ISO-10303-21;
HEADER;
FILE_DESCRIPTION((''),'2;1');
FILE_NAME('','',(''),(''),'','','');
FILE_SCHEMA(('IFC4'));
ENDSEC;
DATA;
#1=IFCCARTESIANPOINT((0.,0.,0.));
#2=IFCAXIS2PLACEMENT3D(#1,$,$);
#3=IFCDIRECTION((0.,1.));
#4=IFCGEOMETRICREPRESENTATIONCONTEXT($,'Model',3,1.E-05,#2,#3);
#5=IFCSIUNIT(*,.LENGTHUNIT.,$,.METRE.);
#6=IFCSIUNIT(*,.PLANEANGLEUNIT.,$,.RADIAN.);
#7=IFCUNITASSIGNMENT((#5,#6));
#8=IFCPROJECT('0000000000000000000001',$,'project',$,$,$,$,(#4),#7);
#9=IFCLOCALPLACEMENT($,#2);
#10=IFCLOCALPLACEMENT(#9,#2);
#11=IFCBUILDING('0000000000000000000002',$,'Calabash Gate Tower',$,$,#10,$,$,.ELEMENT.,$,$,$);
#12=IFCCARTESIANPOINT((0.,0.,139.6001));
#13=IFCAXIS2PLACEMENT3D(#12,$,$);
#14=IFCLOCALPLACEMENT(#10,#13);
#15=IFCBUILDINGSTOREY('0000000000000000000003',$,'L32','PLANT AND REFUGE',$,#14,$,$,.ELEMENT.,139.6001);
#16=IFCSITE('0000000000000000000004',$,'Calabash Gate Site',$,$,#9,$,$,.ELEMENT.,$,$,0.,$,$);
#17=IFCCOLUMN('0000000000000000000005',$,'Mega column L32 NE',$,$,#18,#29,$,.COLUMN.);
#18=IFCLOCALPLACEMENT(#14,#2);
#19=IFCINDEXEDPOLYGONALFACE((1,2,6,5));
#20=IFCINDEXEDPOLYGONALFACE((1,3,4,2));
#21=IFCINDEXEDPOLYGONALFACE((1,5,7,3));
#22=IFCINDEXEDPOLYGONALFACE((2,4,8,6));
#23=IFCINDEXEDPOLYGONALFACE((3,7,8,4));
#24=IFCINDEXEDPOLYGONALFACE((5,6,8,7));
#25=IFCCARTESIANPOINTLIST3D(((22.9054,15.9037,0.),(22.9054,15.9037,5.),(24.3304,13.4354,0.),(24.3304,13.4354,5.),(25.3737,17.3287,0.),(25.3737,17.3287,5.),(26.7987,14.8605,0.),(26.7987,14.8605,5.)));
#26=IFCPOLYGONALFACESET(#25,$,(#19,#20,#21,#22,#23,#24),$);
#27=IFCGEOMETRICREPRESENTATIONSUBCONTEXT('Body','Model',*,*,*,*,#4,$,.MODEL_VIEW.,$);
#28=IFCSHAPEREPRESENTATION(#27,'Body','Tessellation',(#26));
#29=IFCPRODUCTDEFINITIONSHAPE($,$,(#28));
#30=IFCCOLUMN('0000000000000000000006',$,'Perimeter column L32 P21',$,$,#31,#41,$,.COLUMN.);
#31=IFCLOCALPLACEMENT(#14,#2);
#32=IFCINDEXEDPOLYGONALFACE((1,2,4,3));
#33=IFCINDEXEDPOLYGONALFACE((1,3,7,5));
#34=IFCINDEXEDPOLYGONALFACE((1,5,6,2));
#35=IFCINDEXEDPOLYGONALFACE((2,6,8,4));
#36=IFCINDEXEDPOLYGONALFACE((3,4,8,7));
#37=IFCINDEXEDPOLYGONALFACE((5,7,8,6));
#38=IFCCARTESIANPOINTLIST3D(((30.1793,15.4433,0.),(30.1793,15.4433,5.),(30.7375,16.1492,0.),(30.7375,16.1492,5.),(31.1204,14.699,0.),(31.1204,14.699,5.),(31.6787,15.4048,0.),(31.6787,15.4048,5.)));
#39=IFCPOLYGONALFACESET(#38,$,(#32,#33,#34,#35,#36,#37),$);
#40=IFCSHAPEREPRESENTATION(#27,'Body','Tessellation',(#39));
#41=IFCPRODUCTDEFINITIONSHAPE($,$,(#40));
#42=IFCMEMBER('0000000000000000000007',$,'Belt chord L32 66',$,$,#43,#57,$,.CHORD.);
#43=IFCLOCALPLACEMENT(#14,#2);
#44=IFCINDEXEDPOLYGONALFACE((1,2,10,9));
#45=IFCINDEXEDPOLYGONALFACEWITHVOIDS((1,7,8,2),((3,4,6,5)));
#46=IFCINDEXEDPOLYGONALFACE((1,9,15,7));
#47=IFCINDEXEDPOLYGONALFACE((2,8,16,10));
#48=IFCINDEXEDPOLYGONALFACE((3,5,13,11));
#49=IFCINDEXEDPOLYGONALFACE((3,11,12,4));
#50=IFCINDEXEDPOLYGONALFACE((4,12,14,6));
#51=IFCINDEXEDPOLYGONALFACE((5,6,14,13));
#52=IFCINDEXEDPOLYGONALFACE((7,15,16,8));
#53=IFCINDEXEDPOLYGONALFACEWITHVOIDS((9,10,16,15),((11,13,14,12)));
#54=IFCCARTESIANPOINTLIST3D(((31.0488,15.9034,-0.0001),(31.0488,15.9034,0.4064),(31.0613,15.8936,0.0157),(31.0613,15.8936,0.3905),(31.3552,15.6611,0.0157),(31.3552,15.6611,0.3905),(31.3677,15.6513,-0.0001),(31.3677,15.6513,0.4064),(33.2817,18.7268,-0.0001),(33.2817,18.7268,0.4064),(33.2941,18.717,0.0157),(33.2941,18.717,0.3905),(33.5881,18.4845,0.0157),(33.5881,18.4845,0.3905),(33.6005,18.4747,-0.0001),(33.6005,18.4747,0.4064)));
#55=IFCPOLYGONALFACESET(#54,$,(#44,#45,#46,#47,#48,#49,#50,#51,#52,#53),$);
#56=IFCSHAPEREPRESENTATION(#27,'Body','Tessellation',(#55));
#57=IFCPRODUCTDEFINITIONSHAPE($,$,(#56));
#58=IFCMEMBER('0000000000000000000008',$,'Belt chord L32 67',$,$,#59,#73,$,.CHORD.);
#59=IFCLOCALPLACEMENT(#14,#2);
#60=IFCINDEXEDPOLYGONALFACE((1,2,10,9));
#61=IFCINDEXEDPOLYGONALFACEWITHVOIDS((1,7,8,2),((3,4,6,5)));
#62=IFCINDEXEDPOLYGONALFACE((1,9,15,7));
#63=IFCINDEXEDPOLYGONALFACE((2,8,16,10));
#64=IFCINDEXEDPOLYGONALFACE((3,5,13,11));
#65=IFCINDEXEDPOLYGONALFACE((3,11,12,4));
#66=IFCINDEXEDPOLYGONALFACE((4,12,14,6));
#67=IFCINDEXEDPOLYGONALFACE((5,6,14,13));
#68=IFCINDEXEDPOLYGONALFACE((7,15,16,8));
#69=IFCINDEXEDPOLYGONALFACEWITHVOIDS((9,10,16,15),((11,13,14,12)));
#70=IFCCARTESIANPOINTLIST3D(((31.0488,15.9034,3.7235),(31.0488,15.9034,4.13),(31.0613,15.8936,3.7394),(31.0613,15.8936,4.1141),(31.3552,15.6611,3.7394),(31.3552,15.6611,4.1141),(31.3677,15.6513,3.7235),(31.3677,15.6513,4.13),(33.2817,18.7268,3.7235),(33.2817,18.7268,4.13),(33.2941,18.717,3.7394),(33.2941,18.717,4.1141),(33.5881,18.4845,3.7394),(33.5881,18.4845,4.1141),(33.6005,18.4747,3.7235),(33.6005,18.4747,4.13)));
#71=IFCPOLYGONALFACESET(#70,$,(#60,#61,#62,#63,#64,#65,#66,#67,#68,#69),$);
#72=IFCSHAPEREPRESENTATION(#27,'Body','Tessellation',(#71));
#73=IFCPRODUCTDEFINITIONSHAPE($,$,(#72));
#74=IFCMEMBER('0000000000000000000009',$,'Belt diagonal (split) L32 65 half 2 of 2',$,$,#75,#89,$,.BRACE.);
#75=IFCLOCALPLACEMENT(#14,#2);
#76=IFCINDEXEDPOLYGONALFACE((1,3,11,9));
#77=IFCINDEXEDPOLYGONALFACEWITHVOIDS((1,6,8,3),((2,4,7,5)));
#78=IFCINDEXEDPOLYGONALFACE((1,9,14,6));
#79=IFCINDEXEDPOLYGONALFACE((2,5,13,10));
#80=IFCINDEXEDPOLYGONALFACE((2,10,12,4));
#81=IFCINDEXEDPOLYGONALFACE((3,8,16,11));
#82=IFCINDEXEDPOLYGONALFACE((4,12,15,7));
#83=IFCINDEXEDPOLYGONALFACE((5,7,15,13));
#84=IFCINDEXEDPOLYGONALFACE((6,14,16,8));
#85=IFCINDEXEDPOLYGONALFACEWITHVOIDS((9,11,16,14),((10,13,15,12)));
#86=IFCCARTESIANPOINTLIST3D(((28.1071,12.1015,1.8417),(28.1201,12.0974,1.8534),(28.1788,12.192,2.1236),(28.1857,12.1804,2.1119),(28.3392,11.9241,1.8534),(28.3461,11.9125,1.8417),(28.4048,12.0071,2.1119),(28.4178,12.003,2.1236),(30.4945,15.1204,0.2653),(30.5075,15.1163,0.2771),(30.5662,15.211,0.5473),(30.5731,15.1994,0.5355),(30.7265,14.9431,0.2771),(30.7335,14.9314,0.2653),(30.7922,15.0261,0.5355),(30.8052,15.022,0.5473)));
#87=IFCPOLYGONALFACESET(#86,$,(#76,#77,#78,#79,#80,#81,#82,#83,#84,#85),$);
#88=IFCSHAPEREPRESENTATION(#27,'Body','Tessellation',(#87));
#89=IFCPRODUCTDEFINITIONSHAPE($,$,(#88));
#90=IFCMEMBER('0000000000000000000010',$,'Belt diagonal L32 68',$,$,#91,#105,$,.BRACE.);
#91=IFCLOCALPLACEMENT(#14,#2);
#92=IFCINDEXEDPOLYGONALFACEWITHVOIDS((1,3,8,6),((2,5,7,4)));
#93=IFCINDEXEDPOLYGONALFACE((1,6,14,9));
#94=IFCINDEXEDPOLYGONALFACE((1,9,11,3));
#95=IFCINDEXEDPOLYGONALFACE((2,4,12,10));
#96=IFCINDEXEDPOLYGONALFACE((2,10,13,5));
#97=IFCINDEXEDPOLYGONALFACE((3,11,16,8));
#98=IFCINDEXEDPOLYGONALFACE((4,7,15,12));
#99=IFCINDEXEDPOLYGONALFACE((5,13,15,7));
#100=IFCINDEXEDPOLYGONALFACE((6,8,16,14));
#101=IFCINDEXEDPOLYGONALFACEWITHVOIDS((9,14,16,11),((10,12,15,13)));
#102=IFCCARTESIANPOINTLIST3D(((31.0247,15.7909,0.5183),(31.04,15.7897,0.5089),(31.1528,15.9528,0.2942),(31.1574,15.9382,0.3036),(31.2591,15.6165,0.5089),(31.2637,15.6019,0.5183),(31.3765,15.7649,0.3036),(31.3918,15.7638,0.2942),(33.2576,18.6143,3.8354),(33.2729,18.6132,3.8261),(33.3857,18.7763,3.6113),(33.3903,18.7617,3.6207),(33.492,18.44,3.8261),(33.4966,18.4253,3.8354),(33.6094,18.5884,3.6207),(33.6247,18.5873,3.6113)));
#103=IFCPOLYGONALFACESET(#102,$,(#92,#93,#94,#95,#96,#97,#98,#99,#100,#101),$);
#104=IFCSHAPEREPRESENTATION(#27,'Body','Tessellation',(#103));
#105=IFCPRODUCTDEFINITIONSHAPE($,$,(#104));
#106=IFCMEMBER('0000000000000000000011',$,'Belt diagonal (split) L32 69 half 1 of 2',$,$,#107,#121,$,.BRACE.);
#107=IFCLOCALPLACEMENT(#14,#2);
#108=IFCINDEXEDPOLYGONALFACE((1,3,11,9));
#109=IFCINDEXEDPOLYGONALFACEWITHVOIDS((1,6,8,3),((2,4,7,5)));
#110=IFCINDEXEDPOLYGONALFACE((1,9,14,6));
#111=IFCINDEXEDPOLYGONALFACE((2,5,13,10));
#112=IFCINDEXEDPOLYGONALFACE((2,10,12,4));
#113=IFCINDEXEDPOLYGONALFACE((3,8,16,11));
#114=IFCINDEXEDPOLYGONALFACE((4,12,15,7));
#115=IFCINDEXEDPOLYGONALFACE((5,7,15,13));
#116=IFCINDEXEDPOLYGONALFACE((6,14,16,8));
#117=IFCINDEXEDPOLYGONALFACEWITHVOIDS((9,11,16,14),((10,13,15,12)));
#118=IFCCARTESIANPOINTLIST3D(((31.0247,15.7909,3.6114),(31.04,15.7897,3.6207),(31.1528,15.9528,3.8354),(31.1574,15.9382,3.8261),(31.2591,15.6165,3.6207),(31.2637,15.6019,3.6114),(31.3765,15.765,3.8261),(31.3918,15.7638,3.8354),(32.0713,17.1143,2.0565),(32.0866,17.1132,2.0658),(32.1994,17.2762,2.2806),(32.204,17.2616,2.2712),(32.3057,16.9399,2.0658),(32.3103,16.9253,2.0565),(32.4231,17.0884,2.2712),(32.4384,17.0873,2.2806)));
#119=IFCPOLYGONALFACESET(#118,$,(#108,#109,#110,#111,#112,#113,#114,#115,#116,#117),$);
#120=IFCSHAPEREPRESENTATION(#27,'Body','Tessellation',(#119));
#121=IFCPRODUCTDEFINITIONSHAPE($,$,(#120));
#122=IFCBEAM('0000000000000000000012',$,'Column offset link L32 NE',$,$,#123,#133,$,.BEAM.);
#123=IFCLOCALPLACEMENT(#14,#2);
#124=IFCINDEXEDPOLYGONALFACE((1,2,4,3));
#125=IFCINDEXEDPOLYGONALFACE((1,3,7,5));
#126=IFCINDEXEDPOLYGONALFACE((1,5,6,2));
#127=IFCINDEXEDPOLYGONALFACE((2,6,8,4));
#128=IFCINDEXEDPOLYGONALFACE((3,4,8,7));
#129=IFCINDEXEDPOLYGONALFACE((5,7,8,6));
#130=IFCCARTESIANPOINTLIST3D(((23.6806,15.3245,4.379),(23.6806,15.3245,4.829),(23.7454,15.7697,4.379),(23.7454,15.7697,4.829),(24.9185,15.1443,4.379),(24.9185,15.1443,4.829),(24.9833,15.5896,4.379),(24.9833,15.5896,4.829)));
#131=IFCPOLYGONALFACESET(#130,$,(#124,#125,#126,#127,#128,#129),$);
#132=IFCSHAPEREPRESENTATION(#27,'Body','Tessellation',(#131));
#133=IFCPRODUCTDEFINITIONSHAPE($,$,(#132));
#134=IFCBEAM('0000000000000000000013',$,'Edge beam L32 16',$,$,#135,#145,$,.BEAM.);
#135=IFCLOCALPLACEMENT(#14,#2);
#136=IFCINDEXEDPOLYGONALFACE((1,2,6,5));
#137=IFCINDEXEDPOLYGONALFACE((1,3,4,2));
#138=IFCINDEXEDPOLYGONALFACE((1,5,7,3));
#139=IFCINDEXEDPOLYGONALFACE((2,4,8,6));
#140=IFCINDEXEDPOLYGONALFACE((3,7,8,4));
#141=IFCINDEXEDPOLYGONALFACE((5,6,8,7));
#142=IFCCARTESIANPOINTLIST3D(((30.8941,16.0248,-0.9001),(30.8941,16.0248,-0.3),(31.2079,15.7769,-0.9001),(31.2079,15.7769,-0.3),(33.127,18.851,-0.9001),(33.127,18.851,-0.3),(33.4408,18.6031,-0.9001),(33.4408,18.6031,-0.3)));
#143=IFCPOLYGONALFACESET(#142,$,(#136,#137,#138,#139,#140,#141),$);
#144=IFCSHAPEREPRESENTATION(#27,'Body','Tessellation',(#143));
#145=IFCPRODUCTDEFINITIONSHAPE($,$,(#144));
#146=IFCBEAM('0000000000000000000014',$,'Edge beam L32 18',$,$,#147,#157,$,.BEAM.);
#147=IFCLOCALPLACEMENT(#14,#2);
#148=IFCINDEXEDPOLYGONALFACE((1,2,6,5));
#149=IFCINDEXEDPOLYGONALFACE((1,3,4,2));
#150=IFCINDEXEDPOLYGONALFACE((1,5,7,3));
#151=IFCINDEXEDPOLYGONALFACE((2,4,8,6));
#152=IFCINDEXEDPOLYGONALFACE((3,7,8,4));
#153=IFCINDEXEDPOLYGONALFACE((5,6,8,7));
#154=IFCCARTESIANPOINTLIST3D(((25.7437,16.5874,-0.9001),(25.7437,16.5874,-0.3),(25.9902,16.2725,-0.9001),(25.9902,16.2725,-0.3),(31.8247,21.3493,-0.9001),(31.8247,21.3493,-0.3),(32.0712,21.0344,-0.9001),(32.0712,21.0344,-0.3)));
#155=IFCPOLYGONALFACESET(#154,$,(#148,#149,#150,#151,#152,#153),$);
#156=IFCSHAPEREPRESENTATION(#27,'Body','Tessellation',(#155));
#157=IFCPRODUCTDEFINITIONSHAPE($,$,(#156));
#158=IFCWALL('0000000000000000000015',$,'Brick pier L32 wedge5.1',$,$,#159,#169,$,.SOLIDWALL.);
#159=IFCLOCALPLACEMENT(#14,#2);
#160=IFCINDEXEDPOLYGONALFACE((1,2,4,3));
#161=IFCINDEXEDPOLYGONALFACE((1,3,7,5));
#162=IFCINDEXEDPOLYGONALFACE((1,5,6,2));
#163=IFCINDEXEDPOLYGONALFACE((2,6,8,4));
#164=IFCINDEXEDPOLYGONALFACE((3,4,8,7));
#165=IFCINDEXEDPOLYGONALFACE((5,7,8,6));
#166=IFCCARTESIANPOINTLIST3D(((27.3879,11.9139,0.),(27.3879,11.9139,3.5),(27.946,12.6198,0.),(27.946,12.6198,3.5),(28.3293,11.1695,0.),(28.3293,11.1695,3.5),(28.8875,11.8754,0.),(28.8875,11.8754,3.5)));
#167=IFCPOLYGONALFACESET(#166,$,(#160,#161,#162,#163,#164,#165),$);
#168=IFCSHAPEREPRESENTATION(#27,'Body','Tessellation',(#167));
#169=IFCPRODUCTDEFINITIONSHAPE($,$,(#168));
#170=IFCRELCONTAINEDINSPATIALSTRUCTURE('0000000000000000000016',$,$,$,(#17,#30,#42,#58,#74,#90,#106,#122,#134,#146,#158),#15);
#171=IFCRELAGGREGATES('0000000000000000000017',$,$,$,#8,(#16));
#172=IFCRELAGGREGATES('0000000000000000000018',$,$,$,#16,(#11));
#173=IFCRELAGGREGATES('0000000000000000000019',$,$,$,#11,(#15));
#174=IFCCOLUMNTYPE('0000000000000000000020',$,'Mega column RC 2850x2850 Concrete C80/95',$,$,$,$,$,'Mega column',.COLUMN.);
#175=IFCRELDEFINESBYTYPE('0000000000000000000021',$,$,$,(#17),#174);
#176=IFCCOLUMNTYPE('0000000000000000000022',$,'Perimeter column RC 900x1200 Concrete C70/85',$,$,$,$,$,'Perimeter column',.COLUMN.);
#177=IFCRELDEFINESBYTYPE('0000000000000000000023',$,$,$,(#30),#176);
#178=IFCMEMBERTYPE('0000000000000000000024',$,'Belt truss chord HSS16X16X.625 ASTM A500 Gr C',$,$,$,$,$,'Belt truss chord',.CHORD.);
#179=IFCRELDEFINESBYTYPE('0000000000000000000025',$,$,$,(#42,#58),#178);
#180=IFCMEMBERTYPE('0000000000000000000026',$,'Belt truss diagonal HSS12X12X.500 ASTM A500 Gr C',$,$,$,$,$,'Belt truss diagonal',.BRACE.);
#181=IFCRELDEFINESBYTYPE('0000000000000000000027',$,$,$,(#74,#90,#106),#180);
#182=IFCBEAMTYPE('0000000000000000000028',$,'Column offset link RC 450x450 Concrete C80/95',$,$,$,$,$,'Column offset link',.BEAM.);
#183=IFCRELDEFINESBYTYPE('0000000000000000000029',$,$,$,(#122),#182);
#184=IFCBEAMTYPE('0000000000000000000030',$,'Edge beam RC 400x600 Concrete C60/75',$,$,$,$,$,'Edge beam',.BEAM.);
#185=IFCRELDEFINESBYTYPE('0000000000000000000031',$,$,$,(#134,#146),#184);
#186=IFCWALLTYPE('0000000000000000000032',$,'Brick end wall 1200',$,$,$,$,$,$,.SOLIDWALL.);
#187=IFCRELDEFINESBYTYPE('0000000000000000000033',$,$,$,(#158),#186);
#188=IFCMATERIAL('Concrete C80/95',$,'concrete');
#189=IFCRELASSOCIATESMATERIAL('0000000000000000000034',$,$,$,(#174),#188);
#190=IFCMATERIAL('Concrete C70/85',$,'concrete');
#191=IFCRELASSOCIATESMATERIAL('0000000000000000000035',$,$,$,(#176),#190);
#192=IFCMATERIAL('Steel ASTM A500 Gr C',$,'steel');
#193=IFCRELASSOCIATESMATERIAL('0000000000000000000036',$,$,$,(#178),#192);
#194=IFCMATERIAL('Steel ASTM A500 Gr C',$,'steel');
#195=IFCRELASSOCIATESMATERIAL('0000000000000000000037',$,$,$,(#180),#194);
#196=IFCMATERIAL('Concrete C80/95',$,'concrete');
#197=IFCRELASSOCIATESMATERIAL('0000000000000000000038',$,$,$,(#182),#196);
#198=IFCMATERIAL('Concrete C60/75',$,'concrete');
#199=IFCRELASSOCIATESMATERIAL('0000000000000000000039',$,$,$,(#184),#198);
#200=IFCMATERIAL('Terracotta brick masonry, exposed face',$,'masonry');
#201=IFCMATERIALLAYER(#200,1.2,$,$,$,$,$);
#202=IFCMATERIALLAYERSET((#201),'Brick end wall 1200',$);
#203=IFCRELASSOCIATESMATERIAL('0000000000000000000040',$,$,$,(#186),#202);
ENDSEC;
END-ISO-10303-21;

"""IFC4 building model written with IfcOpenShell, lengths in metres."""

from ifc_helpers import new_model, si_unit, direction, frame, frame_2d, origin, origin_2d, place, context, subcontext, project, spatial, rectangle, hollow_rectangle, extrude, material, layer, layer_set, material_profile, profile_set, type_object, element, save


model = new_model("IFC4")

# Units and contexts
model_context = context("Model", 3, precision=1e-05, world=origin(), true_north=direction((0.0, 1.0)))
body_context = subcontext(model_context, "Body", "Model", "MODEL_VIEW")
ifc_project = project(units=[si_unit("LENGTHUNIT", "METRE"), si_unit("PLANEANGLEUNIT", "RADIAN")], contexts=[model_context])

# Site, building, storey
site_placement = place(None, origin())
site = spatial("IfcSite", under=ifc_project, at=site_placement, Name="Calabash Gate Site", CompositionType="ELEMENT", RefElevation=0.0)
building_placement = place(site_placement, origin())
building = spatial("IfcBuilding", under=site, at=building_placement, Name="Calabash Gate Tower", CompositionType="ELEMENT")
storey_placement = place(building_placement, frame((0.0, 0.0, 139.6001)))
storey = spatial("IfcBuildingStorey", under=building, at=storey_placement, Name="L32", Description="PLANT AND REFUGE", CompositionType="ELEMENT", Elevation=139.6001)

# Columns
ifc_material_1 = material(Name="Concrete C80/95", Category="concrete")
ifc_material_profile_1 = material_profile(ifc_material_1, rectangle(XDim=2.8501, YDim=2.8501, at=origin_2d()))
ifc_profile_set_1 = profile_set([ifc_material_profile_1], Name="Concrete C80/95")
column_type_1 = type_object("IfcColumnType", Name="Mega column RC 2850x2850 Concrete C80/95", ElementType="Mega column", PredefinedType="COLUMN", material=ifc_profile_set_1)
column_1_placement = place(storey_placement, frame((24.8521, 15.3821, 0.0), z_axis=(0.0, 0.0, 1.0), x_axis=(-0.866025, -0.5, 0.0)))
element("IfcColumn", 1, at=column_1_placement, inside=storey, type_object=column_type_1, Name="Mega column L32 NE", PredefinedType="COLUMN", context=body_context, shape_type="SweptSolid", body=[
    extrude(rectangle(XDim=2.8501, YDim=2.8501, at=origin_2d()), origin(), (0.0, 0.0, 1.0), 5.0),
])
ifc_material_2 = material(Name="Concrete C70/85", Category="concrete")
ifc_material_profile_2 = material_profile(ifc_material_2, rectangle(XDim=0.8999, YDim=1.2, at=origin_2d()))
ifc_profile_set_2 = profile_set([ifc_material_profile_2], Name="Concrete C70/85")
column_type_2 = type_object("IfcColumnType", Name="Perimeter column RC 900x1200 Concrete C70/85", ElementType="Perimeter column", PredefinedType="COLUMN", material=ifc_profile_set_2)
column_2_placement = place(storey_placement, frame((30.929, 15.4241, 0.0), z_axis=(0.0, 0.0, 1.0), x_axis=(0.620301, 0.784364, 0.0)))
element("IfcColumn", 2, at=column_2_placement, inside=storey, type_object=column_type_2, Name="Perimeter column L32 P21", PredefinedType="COLUMN", context=body_context, shape_type="SweptSolid", body=[
    extrude(rectangle(XDim=0.8999, YDim=1.2, at=origin_2d()), origin(), (0.0, 0.0, 1.0), 5.0),
])

# Members
ifc_material_3 = material(Name="Steel ASTM A500 Gr C", Category="steel")
ifc_material_profile_3 = material_profile(ifc_material_3, hollow_rectangle(XDim=0.4065, YDim=0.4065, WallThickness=0.0159, at=origin_2d()))
ifc_profile_set_3 = profile_set([ifc_material_profile_3], Name="Steel ASTM A500 Gr C")
member_type_1 = type_object("IfcMemberType", Name="Belt truss chord HSS16X16X.625 ASTM A500 Gr C", ElementType="Belt truss chord", PredefinedType="CHORD", material=ifc_profile_set_3)
for number, where, z_axis, x_axis, name in (
    (3, (31.2083, 15.7773, 0.2031), (0.620302, 0.784363, 0.0), (-0.784363, 0.620302, 0.0), "Belt chord L32 66"),
    (4, (31.2083, 15.7773, 3.9268), (0.620302, 0.784363, 0.0), (-0.784363, 0.620302, 0.0), "Belt chord L32 67"),
):
    element("IfcMember", number, at=place(storey_placement, frame(where, z_axis=z_axis, x_axis=x_axis)), inside=storey, type_object=member_type_1, Name=name, PredefinedType="CHORD", context=body_context, shape_type="SweptSolid", body=[
        extrude(hollow_rectangle(XDim=0.4065, YDim=0.4065, WallThickness=0.0159, at=origin_2d()), origin(), (0.0, 0.0, 1.0), 3.5996),
    ])
ifc_material_4 = material(Name="Steel ASTM A500 Gr C", Category="steel")
ifc_material_profile_4 = material_profile(ifc_material_4, hollow_rectangle(XDim=0.3047, YDim=0.3047, WallThickness=0.0127, at=origin_2d()))
ifc_profile_set_4 = profile_set([ifc_material_profile_4], Name="Steel ASTM A500 Gr C")
member_type_2 = type_object("IfcMemberType", Name="Belt truss diagonal HSS12X12X.500 ASTM A500 Gr C", ElementType="Belt truss diagonal", PredefinedType="BRACE", material=ifc_profile_set_4)
member_1_placement = place(storey_placement, frame((28.2625, 12.0522, 1.9827), z_axis=(0.574006, 0.725857, -0.379012), x_axis=(-0.784378, 0.620284, 0.0)))
element("IfcMember", 5, at=member_1_placement, inside=storey, type_object=member_type_2, Name="Belt diagonal (split) L32 65 half 2 of 2", PredefinedType="BRACE", context=body_context, shape_type="SweptSolid", body=[
    extrude(hollow_rectangle(XDim=0.3047, YDim=0.3047, WallThickness=0.0127, at=origin_2d()), origin(), (0.0, 0.0, 1.0), 4.1592),
])
member_2_placement = place(storey_placement, frame((31.2083, 15.7773, 0.4062), z_axis=(0.456158, 0.576806, 0.677654), x_axis=(-0.784363, 0.620302, 0.0)))
element("IfcMember", 6, at=member_2_placement, inside=storey, type_object=member_type_2, Name="Belt diagonal L32 68", PredefinedType="BRACE", context=body_context, shape_type="SweptSolid", body=[
    extrude(hollow_rectangle(XDim=0.3047, YDim=0.3047, WallThickness=0.0127, at=origin_2d()), origin(), (0.0, 0.0, 1.0), 4.895),
])
member_3_placement = place(storey_placement, frame((31.2083, 15.7773, 3.7234), z_axis=(0.456142, 0.576801, -0.677669), x_axis=(-0.784371, 0.620291, 0.0)))
element("IfcMember", 7, at=member_3_placement, inside=storey, type_object=member_type_2, Name="Belt diagonal (split) L32 69 half 1 of 2", PredefinedType="BRACE", context=body_context, shape_type="SweptSolid", body=[
    extrude(hollow_rectangle(XDim=0.3047, YDim=0.3047, WallThickness=0.0127, at=origin_2d()), origin(), (0.0, 0.0, 1.0), 2.2944),
])

# Beams
ifc_material_5 = material(Name="Concrete C80/95", Category="concrete")
ifc_material_profile_5 = material_profile(ifc_material_5, rectangle(XDim=0.45, YDim=0.45, at=origin_2d()))
ifc_profile_set_5 = profile_set([ifc_material_profile_5], Name="Concrete C80/95")
beam_type_1 = type_object("IfcBeamType", Name="Column offset link RC 450x450 Concrete C80/95", ElementType="Column offset link", PredefinedType="BEAM", material=ifc_profile_set_5)
beam_1_placement = place(storey_placement, frame((24.9509, 15.3669, 4.604), z_axis=(-0.989575, 0.144016, 0.0), x_axis=(-0.144016, -0.989575, 0.0)))
element("IfcBeam", 8, at=beam_1_placement, inside=storey, type_object=beam_type_1, Name="Column offset link L32 NE", PredefinedType="BEAM", context=body_context, shape_type="SweptSolid", body=[
    extrude(rectangle(XDim=0.45, YDim=0.45, at=origin_2d()), origin(), (0.0, 0.0, 1.0), 1.251),
])
ifc_material_6 = material(Name="Concrete C60/75", Category="concrete")
ifc_material_profile_6 = material_profile(ifc_material_6, rectangle(XDim=0.3999, YDim=0.6001, at=origin_2d()))
ifc_profile_set_6 = profile_set([ifc_material_profile_6], Name="Concrete C60/75")
beam_type_2 = type_object("IfcBeamType", Name="Edge beam RC 400x600 Concrete C60/75", ElementType="Edge beam", PredefinedType="BEAM", material=ifc_profile_set_6)
beam_2_placement = place(storey_placement, frame((31.051, 15.9009, -0.6001), z_axis=(0.619939, 0.78465, 0.0), x_axis=(-0.78465, 0.619939, 0.0)))
element("IfcBeam", 9, at=beam_2_placement, inside=storey, type_object=beam_type_2, Name="Edge beam L32 16", PredefinedType="BEAM", context=body_context, shape_type="SweptSolid", body=[
    extrude(rectangle(XDim=0.3999, YDim=0.6001, at=origin_2d()), origin(), (0.0, 0.0, 1.0), 3.6018),
])
beam_3_placement = place(storey_placement, frame((25.8669, 16.4299, -0.6001), z_axis=(0.787324, 0.616539, 0.0), x_axis=(-0.616539, 0.787324, 0.0)))
element("IfcBeam", 10, at=beam_3_placement, inside=storey, type_object=beam_type_2, Name="Edge beam L32 18", PredefinedType="BEAM", context=body_context, shape_type="SweptSolid", body=[
    extrude(rectangle(XDim=0.3999, YDim=0.6001, at=origin_2d()), origin(), (0.0, 0.0, 1.0), 7.7236),
])

# Wall
ifc_material_7 = material(Name="Terracotta brick masonry, exposed face", Category="masonry")
ifc_layer_1 = layer(ifc_material_7, 1.2)
ifc_layer_set_1 = layer_set([ifc_layer_1], Name="Brick end wall 1200")
wall_type_1 = type_object("IfcWallType", Name="Brick end wall 1200", PredefinedType="SOLIDWALL", material=ifc_layer_set_1)
wall_1_placement = place(storey_placement, frame((28.6084, 11.5225, 0.0), z_axis=(0.0, 0.0, 1.0), x_axis=(-0.784409, 0.620244, 0.0)))
element("IfcWall", 11, at=wall_1_placement, inside=storey, type_object=wall_type_1, Name="Brick pier L32 wedge5.1", PredefinedType="SOLIDWALL", context=body_context, shape_type="SweptSolid", body=[
    extrude(rectangle(XDim=1.2002, YDim=0.8999, at=frame_2d((0.6001, 0.0))), origin(), (0.0, 0.0, 1.0), 3.5),
])

save(model, "model.ifc")
